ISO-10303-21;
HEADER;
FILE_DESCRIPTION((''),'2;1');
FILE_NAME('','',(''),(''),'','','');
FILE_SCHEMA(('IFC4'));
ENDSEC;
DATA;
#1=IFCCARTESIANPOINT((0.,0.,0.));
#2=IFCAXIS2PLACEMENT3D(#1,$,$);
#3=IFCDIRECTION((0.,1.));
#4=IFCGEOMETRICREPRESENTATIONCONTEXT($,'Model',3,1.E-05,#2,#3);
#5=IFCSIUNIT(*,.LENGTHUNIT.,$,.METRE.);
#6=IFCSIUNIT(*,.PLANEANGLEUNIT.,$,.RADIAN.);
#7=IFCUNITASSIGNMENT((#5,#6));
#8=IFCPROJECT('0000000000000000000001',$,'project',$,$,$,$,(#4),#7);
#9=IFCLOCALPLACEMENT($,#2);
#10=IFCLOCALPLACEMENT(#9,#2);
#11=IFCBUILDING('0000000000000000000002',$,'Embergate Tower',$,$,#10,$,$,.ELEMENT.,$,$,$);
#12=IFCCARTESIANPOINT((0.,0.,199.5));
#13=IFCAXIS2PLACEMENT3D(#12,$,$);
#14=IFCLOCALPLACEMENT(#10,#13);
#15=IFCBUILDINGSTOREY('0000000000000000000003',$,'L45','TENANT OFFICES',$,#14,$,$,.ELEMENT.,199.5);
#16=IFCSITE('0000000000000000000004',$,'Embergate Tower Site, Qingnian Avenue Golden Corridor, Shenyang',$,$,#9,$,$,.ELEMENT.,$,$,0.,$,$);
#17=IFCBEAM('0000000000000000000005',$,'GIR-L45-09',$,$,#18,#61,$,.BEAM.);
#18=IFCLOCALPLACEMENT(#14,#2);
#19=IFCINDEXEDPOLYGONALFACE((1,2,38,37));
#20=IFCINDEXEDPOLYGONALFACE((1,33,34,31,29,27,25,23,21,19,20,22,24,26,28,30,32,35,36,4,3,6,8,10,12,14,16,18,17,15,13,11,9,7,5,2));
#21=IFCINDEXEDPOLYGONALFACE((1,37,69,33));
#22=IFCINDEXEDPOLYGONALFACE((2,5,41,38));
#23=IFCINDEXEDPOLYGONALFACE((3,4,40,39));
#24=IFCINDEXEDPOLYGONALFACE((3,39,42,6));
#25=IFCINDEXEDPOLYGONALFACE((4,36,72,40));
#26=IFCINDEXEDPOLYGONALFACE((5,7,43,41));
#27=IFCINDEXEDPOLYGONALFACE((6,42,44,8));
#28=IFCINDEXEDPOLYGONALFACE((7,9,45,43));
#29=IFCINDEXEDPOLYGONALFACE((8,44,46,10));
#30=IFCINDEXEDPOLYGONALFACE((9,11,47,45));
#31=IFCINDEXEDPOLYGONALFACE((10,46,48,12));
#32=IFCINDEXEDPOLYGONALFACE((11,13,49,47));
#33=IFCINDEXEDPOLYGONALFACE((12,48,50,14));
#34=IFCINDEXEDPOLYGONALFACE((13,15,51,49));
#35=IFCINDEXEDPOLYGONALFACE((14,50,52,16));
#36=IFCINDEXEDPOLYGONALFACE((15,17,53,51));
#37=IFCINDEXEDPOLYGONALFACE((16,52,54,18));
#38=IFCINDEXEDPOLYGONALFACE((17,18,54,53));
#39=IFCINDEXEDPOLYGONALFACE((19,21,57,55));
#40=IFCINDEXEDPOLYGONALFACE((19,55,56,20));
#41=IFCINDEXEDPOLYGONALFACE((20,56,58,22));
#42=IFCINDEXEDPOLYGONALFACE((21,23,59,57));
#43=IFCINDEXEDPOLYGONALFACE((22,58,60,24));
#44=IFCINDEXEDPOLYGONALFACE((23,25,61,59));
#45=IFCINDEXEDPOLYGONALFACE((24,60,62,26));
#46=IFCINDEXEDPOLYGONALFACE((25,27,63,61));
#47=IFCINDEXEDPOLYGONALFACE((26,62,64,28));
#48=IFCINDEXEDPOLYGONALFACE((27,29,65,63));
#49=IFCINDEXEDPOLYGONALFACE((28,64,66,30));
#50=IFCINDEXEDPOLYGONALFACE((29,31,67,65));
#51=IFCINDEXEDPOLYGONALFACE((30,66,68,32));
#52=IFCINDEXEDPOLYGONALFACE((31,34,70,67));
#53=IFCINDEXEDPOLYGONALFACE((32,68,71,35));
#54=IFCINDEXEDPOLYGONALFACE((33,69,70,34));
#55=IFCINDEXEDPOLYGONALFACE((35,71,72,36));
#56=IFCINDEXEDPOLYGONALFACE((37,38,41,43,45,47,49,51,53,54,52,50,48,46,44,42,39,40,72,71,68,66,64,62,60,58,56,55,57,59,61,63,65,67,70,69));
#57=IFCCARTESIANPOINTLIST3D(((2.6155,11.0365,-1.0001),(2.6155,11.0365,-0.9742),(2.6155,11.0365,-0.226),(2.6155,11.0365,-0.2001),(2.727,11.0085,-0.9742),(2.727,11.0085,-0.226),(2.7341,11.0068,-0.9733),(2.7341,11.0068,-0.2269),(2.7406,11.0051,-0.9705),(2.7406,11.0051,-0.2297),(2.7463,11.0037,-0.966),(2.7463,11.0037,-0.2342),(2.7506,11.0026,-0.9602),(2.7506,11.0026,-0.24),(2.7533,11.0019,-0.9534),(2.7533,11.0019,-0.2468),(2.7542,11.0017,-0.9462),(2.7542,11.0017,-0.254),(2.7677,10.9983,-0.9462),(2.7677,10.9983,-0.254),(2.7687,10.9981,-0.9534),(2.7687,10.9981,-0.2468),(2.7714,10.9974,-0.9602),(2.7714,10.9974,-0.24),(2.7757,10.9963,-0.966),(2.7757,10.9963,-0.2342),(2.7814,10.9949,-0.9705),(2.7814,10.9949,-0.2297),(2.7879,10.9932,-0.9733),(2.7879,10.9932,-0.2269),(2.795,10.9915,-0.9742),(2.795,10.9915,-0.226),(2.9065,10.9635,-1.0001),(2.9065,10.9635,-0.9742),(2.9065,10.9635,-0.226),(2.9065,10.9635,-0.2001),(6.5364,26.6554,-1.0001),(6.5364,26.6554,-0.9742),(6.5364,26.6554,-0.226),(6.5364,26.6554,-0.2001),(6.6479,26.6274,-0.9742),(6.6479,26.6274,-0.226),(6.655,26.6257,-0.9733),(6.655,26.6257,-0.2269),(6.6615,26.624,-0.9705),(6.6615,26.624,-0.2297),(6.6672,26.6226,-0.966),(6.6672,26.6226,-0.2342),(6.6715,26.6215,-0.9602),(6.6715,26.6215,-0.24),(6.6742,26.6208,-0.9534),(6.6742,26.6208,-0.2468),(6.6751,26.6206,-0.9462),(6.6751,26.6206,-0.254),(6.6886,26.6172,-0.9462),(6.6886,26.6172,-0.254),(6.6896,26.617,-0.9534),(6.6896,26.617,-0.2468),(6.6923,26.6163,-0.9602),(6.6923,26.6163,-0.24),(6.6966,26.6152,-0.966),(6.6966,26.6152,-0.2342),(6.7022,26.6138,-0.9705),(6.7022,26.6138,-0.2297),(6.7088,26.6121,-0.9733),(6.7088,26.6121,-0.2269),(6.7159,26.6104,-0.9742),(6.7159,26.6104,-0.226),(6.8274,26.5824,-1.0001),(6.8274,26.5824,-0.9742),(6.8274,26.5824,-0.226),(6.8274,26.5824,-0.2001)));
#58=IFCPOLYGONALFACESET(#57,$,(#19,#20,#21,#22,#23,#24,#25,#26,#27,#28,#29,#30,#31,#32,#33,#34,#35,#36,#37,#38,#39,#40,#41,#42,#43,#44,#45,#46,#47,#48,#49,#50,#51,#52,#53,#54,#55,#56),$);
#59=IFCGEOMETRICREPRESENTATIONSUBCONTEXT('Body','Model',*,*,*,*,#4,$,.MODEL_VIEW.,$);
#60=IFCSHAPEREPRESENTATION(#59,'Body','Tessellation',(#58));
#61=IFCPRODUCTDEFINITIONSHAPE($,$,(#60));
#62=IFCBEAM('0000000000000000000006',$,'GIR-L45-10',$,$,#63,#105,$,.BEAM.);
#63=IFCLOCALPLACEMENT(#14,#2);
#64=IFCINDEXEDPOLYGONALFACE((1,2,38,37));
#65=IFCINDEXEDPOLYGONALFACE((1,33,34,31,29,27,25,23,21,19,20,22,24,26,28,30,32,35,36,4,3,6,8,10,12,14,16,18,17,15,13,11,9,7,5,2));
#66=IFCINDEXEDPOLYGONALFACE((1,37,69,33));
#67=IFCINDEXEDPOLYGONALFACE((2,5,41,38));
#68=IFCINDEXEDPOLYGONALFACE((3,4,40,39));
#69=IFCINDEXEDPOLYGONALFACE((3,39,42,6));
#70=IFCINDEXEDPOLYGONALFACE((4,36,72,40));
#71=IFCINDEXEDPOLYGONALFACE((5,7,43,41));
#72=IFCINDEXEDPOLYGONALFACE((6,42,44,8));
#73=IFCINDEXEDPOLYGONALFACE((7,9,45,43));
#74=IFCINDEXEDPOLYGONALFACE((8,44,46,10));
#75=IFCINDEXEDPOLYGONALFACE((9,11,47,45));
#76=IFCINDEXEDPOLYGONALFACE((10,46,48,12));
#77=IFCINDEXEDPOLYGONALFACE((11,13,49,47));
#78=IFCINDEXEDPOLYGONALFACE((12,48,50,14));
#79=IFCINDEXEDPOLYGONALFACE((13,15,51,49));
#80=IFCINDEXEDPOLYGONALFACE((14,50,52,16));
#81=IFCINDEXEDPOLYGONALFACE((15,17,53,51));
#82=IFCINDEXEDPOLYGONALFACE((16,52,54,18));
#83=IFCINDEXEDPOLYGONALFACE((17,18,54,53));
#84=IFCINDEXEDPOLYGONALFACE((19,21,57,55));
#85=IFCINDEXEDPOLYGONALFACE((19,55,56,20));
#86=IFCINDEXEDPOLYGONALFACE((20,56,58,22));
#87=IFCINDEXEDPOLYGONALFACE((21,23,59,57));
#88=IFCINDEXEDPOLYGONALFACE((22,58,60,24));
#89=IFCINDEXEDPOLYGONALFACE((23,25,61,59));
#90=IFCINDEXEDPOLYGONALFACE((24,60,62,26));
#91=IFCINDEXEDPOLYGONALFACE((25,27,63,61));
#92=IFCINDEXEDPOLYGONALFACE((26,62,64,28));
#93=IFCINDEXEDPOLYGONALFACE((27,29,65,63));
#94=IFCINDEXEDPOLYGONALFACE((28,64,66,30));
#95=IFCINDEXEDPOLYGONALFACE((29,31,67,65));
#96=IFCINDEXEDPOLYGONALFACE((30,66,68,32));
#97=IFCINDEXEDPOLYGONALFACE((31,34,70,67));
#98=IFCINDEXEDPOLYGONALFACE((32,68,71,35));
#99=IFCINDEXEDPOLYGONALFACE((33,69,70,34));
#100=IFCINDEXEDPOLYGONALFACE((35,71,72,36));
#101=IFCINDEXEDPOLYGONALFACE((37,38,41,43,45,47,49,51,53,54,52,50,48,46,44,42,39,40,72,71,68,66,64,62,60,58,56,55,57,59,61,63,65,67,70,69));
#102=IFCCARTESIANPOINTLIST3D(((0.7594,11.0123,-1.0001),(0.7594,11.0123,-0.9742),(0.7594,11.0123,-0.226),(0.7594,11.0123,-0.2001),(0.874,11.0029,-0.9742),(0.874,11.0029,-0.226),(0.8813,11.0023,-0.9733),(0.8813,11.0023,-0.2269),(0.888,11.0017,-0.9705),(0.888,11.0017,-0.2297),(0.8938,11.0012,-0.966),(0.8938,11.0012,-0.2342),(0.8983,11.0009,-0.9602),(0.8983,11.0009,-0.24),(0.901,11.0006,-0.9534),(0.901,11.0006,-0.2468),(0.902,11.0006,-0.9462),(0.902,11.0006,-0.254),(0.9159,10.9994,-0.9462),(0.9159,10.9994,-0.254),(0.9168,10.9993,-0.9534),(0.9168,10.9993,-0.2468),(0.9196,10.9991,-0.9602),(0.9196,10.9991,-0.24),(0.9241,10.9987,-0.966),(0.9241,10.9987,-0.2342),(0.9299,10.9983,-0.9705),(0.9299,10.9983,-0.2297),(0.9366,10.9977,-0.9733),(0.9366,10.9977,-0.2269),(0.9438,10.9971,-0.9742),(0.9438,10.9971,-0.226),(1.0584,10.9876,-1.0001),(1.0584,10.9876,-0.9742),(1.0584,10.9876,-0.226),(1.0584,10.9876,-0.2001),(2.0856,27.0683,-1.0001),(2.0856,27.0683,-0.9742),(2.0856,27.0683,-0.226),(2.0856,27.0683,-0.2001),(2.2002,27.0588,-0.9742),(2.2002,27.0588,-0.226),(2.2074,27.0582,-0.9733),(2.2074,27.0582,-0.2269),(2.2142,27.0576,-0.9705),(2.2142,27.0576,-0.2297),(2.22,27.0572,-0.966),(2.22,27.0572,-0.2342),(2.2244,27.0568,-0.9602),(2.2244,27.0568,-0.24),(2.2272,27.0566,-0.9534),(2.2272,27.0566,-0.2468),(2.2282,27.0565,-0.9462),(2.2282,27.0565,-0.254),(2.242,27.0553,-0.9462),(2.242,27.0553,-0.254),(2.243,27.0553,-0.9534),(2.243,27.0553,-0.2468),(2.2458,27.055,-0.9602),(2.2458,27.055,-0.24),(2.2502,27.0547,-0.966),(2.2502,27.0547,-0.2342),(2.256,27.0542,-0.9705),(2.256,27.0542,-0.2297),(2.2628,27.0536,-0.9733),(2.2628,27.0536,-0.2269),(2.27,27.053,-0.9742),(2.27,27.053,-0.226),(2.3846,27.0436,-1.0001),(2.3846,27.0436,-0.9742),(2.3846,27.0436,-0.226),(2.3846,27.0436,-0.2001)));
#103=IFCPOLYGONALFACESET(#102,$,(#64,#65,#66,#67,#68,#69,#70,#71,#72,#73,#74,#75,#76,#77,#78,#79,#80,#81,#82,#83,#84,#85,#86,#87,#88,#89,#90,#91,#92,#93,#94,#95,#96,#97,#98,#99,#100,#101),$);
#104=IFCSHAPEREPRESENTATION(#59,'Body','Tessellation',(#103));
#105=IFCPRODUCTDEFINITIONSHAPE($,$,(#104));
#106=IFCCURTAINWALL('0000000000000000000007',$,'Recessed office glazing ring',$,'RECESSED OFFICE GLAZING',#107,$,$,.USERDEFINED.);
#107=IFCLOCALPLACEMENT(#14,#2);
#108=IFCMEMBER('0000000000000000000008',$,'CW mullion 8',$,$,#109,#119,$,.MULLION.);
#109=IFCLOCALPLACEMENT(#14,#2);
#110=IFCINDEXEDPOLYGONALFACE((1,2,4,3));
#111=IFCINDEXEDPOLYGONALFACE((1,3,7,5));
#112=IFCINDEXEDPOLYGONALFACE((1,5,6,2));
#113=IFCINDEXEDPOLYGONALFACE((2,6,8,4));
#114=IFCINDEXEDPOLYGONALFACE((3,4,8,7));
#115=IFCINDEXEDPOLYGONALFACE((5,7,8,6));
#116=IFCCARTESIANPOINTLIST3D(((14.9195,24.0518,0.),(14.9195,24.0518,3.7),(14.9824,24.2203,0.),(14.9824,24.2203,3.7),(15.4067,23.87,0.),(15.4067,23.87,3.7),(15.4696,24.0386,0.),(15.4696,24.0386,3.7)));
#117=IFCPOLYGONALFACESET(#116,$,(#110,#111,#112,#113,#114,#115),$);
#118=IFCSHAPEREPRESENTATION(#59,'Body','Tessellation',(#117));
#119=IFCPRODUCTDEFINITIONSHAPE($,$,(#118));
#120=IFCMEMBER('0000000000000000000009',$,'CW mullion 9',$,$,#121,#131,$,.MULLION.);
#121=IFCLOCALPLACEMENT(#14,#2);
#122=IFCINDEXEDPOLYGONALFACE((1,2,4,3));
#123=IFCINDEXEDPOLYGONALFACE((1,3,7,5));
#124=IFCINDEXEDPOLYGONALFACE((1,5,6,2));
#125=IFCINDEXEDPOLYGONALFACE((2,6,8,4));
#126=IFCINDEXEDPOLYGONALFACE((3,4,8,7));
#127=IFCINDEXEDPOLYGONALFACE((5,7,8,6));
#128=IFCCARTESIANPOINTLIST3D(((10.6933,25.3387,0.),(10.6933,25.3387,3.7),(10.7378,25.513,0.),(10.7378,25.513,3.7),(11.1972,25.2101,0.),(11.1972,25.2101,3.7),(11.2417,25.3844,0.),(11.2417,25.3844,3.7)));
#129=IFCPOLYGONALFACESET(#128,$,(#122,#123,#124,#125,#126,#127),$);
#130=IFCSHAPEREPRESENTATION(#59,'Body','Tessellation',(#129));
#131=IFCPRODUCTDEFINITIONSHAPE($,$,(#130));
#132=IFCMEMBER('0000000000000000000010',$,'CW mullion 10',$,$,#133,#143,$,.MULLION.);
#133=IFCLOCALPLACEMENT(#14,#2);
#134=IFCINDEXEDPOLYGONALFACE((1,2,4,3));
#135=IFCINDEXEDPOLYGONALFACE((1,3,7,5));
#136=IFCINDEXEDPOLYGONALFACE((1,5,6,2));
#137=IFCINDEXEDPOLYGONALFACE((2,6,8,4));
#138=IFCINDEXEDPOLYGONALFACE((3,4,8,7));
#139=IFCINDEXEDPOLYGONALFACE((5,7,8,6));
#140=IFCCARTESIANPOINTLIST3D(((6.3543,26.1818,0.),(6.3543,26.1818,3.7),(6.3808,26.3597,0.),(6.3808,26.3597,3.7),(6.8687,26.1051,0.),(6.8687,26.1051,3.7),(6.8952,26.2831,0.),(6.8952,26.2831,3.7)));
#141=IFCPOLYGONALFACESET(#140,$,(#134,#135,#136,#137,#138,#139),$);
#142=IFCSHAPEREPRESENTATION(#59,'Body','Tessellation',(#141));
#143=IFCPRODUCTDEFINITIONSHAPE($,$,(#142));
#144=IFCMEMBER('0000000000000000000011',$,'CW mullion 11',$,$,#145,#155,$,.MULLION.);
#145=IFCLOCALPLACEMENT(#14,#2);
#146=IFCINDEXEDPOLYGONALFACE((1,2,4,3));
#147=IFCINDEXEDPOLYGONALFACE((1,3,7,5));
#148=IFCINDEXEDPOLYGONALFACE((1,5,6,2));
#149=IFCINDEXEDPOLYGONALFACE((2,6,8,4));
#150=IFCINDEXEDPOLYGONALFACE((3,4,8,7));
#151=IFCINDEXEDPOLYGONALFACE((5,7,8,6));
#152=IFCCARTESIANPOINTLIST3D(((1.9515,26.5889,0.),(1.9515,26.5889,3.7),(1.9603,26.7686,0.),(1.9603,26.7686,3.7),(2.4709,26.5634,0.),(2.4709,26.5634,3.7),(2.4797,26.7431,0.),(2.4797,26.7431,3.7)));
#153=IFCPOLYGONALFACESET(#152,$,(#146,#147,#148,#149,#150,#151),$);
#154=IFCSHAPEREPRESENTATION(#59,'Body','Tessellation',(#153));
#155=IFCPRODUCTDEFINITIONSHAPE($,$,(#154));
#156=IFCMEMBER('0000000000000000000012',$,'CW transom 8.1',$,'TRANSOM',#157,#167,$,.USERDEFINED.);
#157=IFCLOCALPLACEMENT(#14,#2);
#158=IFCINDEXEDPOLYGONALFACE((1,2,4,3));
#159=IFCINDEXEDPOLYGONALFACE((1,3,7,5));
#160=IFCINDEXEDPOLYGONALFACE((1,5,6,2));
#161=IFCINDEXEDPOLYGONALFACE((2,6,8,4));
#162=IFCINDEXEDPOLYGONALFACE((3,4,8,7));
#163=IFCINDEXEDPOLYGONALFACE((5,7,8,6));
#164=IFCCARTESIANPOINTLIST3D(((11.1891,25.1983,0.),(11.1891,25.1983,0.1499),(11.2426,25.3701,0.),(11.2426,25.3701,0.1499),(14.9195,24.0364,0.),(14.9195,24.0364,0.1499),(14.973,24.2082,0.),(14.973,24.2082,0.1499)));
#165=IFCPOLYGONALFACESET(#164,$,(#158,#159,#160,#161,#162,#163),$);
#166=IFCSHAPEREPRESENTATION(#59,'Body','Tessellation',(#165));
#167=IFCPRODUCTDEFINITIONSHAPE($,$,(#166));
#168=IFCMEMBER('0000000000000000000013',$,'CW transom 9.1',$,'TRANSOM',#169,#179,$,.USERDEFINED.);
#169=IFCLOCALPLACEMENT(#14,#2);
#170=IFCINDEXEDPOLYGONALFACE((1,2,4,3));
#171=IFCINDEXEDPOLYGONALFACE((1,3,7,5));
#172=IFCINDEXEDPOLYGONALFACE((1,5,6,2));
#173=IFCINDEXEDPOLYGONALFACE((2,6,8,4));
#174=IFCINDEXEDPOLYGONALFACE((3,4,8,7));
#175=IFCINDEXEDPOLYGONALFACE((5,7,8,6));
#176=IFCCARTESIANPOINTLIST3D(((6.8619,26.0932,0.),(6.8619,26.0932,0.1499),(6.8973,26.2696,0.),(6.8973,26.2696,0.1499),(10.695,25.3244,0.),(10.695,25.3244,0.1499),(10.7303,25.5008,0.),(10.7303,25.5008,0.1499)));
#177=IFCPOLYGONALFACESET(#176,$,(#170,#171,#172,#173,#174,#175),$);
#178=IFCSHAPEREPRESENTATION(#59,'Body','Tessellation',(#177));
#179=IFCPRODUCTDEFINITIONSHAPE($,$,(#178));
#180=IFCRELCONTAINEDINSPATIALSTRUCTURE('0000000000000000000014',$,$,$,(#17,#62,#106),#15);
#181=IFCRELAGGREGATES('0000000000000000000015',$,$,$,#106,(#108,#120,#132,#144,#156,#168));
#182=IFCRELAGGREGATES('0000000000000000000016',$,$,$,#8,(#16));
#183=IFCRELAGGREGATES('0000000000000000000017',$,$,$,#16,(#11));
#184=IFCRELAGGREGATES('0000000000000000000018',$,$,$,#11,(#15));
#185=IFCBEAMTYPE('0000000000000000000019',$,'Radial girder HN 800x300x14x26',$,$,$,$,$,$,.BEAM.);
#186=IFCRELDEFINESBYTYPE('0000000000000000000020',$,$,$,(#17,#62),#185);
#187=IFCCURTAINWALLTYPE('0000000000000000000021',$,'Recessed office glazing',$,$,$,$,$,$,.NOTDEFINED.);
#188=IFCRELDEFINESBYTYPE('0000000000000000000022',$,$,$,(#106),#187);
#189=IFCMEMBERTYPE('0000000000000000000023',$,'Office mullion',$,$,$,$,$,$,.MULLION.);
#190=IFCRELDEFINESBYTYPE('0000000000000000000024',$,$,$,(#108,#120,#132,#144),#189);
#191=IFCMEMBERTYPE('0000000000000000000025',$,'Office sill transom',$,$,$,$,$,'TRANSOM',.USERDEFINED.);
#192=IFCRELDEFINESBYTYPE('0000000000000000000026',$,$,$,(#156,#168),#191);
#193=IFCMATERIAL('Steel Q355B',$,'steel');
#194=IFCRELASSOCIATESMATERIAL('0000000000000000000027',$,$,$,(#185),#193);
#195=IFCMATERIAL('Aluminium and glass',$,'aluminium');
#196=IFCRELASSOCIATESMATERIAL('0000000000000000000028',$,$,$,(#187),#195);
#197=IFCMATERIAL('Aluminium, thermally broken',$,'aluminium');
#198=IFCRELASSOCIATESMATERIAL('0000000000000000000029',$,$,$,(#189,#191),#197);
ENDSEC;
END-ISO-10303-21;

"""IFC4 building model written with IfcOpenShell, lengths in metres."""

from ifc_helpers import new_model, si_unit, direction, frame, origin, origin_2d, place, context, subcontext, project, spatial, rectangle, i_section, extrude, source, transform, mapped, material, material_profile, profile_set, type_object, element, aggregate, save


model = new_model("IFC4")

# Units and contexts
model_context = context("Model", 3, precision=1e-05, world=origin(), true_north=direction((0.0, 1.0)))
body_context = subcontext(model_context, "Body", "Model", "MODEL_VIEW")
ifc_project = project(units=[si_unit("LENGTHUNIT", "METRE"), si_unit("PLANEANGLEUNIT", "RADIAN")], contexts=[model_context])

# Site, building, storey
site_placement = place(None, origin())
site = spatial("IfcSite", under=ifc_project, at=site_placement, Name="Embergate Tower Site, Qingnian Avenue Golden Corridor, Shenyang", CompositionType="ELEMENT", RefElevation=0.0)
building_placement = place(site_placement, origin())
building = spatial("IfcBuilding", under=site, at=building_placement, Name="Embergate Tower", CompositionType="ELEMENT")
storey_placement = place(building_placement, frame((0.0, 0.0, 199.5)))
storey = spatial("IfcBuildingStorey", under=building, at=storey_placement, Name="L45", Description="TENANT OFFICES", CompositionType="ELEMENT", Elevation=199.5)

# Beams
ifc_material_1 = material(Name="Steel Q355B", Category="steel")
ifc_material_profile_1 = material_profile(ifc_material_1, i_section(OverallWidth=0.3, OverallDepth=0.8, WebThickness=0.0139, FlangeThickness=0.0259, FilletRadius=0.0281, at=origin_2d()), Name="HN 800x300x14x26")
ifc_profile_set_1 = profile_set([ifc_material_profile_1], Name="Steel Q355 grade B")
beam_type_1 = type_object("IfcBeamType", Name="Radial girder HN 800x300x14x26", PredefinedType="BEAM", material=ifc_profile_set_1)
shared_shape_1 = source(origin(), body_context, "Body", "SweptSolid", [
    extrude(i_section(OverallWidth=0.3, OverallDepth=0.8, WebThickness=0.0139, FlangeThickness=0.0259, FilletRadius=0.0281, at=origin_2d()), origin(), (0.0, 0.0, 1.0), 16.1035),
])
beam_1_placement = place(storey_placement, frame((6.6819, 26.6189, -0.6001), z_axis=(-0.243481, -0.969906, 0.0), x_axis=(0.969906, -0.243481, 0.0)))
element("IfcBeam", 1, at=beam_1_placement, inside=storey, type_object=beam_type_1, Name="GIR-L45-09", PredefinedType="BEAM", context=body_context, shape_type="MappedRepresentation", body=[
    mapped(shared_shape_1, transform((0.0, 0.0, 0.0))),
])
shared_shape_2 = source(origin(), body_context, "Body", "SweptSolid", [
    extrude(i_section(OverallWidth=0.3, OverallDepth=0.8, WebThickness=0.0139, FlangeThickness=0.0259, FilletRadius=0.0281, at=origin_2d()), origin(), (0.0, 0.0, 1.0), 16.1106),
])
beam_2_placement = place(storey_placement, frame((2.2351, 27.0559, -0.6001), z_axis=(-0.082317, -0.996606, 0.0), x_axis=(0.996606, -0.082317, 0.0)))
element("IfcBeam", 2, at=beam_2_placement, inside=storey, type_object=beam_type_1, Name="GIR-L45-10", PredefinedType="BEAM", context=body_context, shape_type="MappedRepresentation", body=[
    mapped(shared_shape_2, transform((0.0, 0.0, 0.0))),
])

# Curtain wall, members
ifc_material_2 = material(Name="Aluminium and glass", Category="aluminium")
curtain_wall_type = type_object("IfcCurtainWallType", Name="Recessed office glazing", PredefinedType="NOTDEFINED", material=ifc_material_2)
curtain_wall_placement = place(storey_placement, origin())
curtain_wall = element("IfcCurtainWall", 3, at=curtain_wall_placement, inside=storey, type_object=curtain_wall_type, Name="Recessed office glazing ring", ObjectType="RECESSED OFFICE GLAZING", PredefinedType="USERDEFINED")
ifc_material_3 = material(Name="Aluminium, thermally broken", Category="aluminium")
ifc_material_profile_2 = material_profile(ifc_material_3, rectangle(XDim=0.1799, YDim=0.52, at=origin_2d()), Name="AL 520x180")
ifc_profile_set_2 = profile_set([ifc_material_profile_2], Name="Aluminium, thermally broken")
member_type_1 = type_object("IfcMemberType", Name="Office mullion", PredefinedType="MULLION", material=ifc_profile_set_2)
shared_shape_3 = source(origin(), body_context, "Body", "SweptSolid", [
    extrude(rectangle(XDim=0.1799, YDim=0.52, at=origin_2d()), origin(), (0.0, 0.0, 1.0), 3.7),
])
member_1_placement = place(storey_placement, frame((15.1946, 24.0452, 0.0), z_axis=(0.0, 0.0, 1.0), x_axis=(-0.349511, -0.936932, 0.0)))
member_1 = element("IfcMember", 4, at=member_1_placement, type_object=member_type_1, Name="CW mullion 8", PredefinedType="MULLION", context=body_context, shape_type="MappedRepresentation", body=[
    mapped(shared_shape_3, transform((0.0, 0.0, 0.0))),
])
member_2_placement = place(storey_placement, frame((10.9675, 25.3616, 0.0), z_axis=(0.0, 0.0, 1.0), x_axis=(-0.247319, -0.968934, 0.0)))
member_2 = element("IfcMember", 5, at=member_2_placement, type_object=member_type_1, Name="CW mullion 9", PredefinedType="MULLION", context=body_context, shape_type="MappedRepresentation", body=[
    mapped(shared_shape_3, transform((0.0, 0.0, 0.0))),
])
member_3_placement = place(storey_placement, frame((6.6248, 26.2324, 0.0), z_axis=(0.0, 0.0, 1.0), x_axis=(-0.147416, -0.989075, 0.0)))
member_3 = element("IfcMember", 6, at=member_3_placement, type_object=member_type_1, Name="CW mullion 10", PredefinedType="MULLION", context=body_context, shape_type="MappedRepresentation", body=[
    mapped(shared_shape_3, transform((0.0, 0.0, 0.0))),
])
member_4_placement = place(storey_placement, frame((2.2156, 26.666, 0.0), z_axis=(0.0, 0.0, 1.0), x_axis=(-0.048972, -0.9988, 0.0)))
member_4 = element("IfcMember", 7, at=member_4_placement, type_object=member_type_1, Name="CW mullion 11", PredefinedType="MULLION", context=body_context, shape_type="MappedRepresentation", body=[
    mapped(shared_shape_3, transform((0.0, 0.0, 0.0))),
])
ifc_material_profile_3 = material_profile(ifc_material_3, rectangle(XDim=0.1799, YDim=0.1499, at=origin_2d()), Name="AL 150x180")
ifc_profile_set_3 = profile_set([ifc_material_profile_3], Name="Aluminium, thermally broken")
member_type_2 = type_object("IfcMemberType", Name="Office sill transom", ElementType="TRANSOM", PredefinedType="USERDEFINED", material=ifc_profile_set_3)
shared_shape_4 = source(origin(), body_context, "Body", "SweptSolid", [
    extrude(rectangle(XDim=0.1799, YDim=0.1499, at=origin_2d()), origin(), (0.0, 0.0, 1.0), 3.9072),
])
member_5_placement = place(storey_placement, frame((14.9463, 24.1223, 0.075), z_axis=(-0.954764, 0.297364, 0.0), x_axis=(-0.297364, -0.954764, 0.0)))
member_5 = element("IfcMember", 8, at=member_5_placement, type_object=member_type_2, Name="CW transom 8.1", ObjectType="TRANSOM", PredefinedType="USERDEFINED", context=body_context, shape_type="MappedRepresentation", body=[
    mapped(shared_shape_4, transform((0.0, 0.0, 0.0))),
])
shared_shape_5 = source(origin(), body_context, "Body", "SweptSolid", [
    extrude(rectangle(XDim=0.1799, YDim=0.1499, at=origin_2d()), origin(), (0.0, 0.0, 1.0), 3.9094),
])
member_6_placement = place(storey_placement, frame((10.7126, 25.4126, 0.075), z_axis=(-0.980472, 0.196657, 0.0), x_axis=(-0.196657, -0.980472, 0.0)))
member_6 = element("IfcMember", 9, at=member_6_placement, type_object=member_type_2, Name="CW transom 9.1", ObjectType="TRANSOM", PredefinedType="USERDEFINED", context=body_context, shape_type="MappedRepresentation", body=[
    mapped(shared_shape_5, transform((0.0, 0.0, 0.0))),
])
aggregate(curtain_wall, [member_1, member_2, member_3, member_4, member_5, member_6])

save(model, "model.ifc")
